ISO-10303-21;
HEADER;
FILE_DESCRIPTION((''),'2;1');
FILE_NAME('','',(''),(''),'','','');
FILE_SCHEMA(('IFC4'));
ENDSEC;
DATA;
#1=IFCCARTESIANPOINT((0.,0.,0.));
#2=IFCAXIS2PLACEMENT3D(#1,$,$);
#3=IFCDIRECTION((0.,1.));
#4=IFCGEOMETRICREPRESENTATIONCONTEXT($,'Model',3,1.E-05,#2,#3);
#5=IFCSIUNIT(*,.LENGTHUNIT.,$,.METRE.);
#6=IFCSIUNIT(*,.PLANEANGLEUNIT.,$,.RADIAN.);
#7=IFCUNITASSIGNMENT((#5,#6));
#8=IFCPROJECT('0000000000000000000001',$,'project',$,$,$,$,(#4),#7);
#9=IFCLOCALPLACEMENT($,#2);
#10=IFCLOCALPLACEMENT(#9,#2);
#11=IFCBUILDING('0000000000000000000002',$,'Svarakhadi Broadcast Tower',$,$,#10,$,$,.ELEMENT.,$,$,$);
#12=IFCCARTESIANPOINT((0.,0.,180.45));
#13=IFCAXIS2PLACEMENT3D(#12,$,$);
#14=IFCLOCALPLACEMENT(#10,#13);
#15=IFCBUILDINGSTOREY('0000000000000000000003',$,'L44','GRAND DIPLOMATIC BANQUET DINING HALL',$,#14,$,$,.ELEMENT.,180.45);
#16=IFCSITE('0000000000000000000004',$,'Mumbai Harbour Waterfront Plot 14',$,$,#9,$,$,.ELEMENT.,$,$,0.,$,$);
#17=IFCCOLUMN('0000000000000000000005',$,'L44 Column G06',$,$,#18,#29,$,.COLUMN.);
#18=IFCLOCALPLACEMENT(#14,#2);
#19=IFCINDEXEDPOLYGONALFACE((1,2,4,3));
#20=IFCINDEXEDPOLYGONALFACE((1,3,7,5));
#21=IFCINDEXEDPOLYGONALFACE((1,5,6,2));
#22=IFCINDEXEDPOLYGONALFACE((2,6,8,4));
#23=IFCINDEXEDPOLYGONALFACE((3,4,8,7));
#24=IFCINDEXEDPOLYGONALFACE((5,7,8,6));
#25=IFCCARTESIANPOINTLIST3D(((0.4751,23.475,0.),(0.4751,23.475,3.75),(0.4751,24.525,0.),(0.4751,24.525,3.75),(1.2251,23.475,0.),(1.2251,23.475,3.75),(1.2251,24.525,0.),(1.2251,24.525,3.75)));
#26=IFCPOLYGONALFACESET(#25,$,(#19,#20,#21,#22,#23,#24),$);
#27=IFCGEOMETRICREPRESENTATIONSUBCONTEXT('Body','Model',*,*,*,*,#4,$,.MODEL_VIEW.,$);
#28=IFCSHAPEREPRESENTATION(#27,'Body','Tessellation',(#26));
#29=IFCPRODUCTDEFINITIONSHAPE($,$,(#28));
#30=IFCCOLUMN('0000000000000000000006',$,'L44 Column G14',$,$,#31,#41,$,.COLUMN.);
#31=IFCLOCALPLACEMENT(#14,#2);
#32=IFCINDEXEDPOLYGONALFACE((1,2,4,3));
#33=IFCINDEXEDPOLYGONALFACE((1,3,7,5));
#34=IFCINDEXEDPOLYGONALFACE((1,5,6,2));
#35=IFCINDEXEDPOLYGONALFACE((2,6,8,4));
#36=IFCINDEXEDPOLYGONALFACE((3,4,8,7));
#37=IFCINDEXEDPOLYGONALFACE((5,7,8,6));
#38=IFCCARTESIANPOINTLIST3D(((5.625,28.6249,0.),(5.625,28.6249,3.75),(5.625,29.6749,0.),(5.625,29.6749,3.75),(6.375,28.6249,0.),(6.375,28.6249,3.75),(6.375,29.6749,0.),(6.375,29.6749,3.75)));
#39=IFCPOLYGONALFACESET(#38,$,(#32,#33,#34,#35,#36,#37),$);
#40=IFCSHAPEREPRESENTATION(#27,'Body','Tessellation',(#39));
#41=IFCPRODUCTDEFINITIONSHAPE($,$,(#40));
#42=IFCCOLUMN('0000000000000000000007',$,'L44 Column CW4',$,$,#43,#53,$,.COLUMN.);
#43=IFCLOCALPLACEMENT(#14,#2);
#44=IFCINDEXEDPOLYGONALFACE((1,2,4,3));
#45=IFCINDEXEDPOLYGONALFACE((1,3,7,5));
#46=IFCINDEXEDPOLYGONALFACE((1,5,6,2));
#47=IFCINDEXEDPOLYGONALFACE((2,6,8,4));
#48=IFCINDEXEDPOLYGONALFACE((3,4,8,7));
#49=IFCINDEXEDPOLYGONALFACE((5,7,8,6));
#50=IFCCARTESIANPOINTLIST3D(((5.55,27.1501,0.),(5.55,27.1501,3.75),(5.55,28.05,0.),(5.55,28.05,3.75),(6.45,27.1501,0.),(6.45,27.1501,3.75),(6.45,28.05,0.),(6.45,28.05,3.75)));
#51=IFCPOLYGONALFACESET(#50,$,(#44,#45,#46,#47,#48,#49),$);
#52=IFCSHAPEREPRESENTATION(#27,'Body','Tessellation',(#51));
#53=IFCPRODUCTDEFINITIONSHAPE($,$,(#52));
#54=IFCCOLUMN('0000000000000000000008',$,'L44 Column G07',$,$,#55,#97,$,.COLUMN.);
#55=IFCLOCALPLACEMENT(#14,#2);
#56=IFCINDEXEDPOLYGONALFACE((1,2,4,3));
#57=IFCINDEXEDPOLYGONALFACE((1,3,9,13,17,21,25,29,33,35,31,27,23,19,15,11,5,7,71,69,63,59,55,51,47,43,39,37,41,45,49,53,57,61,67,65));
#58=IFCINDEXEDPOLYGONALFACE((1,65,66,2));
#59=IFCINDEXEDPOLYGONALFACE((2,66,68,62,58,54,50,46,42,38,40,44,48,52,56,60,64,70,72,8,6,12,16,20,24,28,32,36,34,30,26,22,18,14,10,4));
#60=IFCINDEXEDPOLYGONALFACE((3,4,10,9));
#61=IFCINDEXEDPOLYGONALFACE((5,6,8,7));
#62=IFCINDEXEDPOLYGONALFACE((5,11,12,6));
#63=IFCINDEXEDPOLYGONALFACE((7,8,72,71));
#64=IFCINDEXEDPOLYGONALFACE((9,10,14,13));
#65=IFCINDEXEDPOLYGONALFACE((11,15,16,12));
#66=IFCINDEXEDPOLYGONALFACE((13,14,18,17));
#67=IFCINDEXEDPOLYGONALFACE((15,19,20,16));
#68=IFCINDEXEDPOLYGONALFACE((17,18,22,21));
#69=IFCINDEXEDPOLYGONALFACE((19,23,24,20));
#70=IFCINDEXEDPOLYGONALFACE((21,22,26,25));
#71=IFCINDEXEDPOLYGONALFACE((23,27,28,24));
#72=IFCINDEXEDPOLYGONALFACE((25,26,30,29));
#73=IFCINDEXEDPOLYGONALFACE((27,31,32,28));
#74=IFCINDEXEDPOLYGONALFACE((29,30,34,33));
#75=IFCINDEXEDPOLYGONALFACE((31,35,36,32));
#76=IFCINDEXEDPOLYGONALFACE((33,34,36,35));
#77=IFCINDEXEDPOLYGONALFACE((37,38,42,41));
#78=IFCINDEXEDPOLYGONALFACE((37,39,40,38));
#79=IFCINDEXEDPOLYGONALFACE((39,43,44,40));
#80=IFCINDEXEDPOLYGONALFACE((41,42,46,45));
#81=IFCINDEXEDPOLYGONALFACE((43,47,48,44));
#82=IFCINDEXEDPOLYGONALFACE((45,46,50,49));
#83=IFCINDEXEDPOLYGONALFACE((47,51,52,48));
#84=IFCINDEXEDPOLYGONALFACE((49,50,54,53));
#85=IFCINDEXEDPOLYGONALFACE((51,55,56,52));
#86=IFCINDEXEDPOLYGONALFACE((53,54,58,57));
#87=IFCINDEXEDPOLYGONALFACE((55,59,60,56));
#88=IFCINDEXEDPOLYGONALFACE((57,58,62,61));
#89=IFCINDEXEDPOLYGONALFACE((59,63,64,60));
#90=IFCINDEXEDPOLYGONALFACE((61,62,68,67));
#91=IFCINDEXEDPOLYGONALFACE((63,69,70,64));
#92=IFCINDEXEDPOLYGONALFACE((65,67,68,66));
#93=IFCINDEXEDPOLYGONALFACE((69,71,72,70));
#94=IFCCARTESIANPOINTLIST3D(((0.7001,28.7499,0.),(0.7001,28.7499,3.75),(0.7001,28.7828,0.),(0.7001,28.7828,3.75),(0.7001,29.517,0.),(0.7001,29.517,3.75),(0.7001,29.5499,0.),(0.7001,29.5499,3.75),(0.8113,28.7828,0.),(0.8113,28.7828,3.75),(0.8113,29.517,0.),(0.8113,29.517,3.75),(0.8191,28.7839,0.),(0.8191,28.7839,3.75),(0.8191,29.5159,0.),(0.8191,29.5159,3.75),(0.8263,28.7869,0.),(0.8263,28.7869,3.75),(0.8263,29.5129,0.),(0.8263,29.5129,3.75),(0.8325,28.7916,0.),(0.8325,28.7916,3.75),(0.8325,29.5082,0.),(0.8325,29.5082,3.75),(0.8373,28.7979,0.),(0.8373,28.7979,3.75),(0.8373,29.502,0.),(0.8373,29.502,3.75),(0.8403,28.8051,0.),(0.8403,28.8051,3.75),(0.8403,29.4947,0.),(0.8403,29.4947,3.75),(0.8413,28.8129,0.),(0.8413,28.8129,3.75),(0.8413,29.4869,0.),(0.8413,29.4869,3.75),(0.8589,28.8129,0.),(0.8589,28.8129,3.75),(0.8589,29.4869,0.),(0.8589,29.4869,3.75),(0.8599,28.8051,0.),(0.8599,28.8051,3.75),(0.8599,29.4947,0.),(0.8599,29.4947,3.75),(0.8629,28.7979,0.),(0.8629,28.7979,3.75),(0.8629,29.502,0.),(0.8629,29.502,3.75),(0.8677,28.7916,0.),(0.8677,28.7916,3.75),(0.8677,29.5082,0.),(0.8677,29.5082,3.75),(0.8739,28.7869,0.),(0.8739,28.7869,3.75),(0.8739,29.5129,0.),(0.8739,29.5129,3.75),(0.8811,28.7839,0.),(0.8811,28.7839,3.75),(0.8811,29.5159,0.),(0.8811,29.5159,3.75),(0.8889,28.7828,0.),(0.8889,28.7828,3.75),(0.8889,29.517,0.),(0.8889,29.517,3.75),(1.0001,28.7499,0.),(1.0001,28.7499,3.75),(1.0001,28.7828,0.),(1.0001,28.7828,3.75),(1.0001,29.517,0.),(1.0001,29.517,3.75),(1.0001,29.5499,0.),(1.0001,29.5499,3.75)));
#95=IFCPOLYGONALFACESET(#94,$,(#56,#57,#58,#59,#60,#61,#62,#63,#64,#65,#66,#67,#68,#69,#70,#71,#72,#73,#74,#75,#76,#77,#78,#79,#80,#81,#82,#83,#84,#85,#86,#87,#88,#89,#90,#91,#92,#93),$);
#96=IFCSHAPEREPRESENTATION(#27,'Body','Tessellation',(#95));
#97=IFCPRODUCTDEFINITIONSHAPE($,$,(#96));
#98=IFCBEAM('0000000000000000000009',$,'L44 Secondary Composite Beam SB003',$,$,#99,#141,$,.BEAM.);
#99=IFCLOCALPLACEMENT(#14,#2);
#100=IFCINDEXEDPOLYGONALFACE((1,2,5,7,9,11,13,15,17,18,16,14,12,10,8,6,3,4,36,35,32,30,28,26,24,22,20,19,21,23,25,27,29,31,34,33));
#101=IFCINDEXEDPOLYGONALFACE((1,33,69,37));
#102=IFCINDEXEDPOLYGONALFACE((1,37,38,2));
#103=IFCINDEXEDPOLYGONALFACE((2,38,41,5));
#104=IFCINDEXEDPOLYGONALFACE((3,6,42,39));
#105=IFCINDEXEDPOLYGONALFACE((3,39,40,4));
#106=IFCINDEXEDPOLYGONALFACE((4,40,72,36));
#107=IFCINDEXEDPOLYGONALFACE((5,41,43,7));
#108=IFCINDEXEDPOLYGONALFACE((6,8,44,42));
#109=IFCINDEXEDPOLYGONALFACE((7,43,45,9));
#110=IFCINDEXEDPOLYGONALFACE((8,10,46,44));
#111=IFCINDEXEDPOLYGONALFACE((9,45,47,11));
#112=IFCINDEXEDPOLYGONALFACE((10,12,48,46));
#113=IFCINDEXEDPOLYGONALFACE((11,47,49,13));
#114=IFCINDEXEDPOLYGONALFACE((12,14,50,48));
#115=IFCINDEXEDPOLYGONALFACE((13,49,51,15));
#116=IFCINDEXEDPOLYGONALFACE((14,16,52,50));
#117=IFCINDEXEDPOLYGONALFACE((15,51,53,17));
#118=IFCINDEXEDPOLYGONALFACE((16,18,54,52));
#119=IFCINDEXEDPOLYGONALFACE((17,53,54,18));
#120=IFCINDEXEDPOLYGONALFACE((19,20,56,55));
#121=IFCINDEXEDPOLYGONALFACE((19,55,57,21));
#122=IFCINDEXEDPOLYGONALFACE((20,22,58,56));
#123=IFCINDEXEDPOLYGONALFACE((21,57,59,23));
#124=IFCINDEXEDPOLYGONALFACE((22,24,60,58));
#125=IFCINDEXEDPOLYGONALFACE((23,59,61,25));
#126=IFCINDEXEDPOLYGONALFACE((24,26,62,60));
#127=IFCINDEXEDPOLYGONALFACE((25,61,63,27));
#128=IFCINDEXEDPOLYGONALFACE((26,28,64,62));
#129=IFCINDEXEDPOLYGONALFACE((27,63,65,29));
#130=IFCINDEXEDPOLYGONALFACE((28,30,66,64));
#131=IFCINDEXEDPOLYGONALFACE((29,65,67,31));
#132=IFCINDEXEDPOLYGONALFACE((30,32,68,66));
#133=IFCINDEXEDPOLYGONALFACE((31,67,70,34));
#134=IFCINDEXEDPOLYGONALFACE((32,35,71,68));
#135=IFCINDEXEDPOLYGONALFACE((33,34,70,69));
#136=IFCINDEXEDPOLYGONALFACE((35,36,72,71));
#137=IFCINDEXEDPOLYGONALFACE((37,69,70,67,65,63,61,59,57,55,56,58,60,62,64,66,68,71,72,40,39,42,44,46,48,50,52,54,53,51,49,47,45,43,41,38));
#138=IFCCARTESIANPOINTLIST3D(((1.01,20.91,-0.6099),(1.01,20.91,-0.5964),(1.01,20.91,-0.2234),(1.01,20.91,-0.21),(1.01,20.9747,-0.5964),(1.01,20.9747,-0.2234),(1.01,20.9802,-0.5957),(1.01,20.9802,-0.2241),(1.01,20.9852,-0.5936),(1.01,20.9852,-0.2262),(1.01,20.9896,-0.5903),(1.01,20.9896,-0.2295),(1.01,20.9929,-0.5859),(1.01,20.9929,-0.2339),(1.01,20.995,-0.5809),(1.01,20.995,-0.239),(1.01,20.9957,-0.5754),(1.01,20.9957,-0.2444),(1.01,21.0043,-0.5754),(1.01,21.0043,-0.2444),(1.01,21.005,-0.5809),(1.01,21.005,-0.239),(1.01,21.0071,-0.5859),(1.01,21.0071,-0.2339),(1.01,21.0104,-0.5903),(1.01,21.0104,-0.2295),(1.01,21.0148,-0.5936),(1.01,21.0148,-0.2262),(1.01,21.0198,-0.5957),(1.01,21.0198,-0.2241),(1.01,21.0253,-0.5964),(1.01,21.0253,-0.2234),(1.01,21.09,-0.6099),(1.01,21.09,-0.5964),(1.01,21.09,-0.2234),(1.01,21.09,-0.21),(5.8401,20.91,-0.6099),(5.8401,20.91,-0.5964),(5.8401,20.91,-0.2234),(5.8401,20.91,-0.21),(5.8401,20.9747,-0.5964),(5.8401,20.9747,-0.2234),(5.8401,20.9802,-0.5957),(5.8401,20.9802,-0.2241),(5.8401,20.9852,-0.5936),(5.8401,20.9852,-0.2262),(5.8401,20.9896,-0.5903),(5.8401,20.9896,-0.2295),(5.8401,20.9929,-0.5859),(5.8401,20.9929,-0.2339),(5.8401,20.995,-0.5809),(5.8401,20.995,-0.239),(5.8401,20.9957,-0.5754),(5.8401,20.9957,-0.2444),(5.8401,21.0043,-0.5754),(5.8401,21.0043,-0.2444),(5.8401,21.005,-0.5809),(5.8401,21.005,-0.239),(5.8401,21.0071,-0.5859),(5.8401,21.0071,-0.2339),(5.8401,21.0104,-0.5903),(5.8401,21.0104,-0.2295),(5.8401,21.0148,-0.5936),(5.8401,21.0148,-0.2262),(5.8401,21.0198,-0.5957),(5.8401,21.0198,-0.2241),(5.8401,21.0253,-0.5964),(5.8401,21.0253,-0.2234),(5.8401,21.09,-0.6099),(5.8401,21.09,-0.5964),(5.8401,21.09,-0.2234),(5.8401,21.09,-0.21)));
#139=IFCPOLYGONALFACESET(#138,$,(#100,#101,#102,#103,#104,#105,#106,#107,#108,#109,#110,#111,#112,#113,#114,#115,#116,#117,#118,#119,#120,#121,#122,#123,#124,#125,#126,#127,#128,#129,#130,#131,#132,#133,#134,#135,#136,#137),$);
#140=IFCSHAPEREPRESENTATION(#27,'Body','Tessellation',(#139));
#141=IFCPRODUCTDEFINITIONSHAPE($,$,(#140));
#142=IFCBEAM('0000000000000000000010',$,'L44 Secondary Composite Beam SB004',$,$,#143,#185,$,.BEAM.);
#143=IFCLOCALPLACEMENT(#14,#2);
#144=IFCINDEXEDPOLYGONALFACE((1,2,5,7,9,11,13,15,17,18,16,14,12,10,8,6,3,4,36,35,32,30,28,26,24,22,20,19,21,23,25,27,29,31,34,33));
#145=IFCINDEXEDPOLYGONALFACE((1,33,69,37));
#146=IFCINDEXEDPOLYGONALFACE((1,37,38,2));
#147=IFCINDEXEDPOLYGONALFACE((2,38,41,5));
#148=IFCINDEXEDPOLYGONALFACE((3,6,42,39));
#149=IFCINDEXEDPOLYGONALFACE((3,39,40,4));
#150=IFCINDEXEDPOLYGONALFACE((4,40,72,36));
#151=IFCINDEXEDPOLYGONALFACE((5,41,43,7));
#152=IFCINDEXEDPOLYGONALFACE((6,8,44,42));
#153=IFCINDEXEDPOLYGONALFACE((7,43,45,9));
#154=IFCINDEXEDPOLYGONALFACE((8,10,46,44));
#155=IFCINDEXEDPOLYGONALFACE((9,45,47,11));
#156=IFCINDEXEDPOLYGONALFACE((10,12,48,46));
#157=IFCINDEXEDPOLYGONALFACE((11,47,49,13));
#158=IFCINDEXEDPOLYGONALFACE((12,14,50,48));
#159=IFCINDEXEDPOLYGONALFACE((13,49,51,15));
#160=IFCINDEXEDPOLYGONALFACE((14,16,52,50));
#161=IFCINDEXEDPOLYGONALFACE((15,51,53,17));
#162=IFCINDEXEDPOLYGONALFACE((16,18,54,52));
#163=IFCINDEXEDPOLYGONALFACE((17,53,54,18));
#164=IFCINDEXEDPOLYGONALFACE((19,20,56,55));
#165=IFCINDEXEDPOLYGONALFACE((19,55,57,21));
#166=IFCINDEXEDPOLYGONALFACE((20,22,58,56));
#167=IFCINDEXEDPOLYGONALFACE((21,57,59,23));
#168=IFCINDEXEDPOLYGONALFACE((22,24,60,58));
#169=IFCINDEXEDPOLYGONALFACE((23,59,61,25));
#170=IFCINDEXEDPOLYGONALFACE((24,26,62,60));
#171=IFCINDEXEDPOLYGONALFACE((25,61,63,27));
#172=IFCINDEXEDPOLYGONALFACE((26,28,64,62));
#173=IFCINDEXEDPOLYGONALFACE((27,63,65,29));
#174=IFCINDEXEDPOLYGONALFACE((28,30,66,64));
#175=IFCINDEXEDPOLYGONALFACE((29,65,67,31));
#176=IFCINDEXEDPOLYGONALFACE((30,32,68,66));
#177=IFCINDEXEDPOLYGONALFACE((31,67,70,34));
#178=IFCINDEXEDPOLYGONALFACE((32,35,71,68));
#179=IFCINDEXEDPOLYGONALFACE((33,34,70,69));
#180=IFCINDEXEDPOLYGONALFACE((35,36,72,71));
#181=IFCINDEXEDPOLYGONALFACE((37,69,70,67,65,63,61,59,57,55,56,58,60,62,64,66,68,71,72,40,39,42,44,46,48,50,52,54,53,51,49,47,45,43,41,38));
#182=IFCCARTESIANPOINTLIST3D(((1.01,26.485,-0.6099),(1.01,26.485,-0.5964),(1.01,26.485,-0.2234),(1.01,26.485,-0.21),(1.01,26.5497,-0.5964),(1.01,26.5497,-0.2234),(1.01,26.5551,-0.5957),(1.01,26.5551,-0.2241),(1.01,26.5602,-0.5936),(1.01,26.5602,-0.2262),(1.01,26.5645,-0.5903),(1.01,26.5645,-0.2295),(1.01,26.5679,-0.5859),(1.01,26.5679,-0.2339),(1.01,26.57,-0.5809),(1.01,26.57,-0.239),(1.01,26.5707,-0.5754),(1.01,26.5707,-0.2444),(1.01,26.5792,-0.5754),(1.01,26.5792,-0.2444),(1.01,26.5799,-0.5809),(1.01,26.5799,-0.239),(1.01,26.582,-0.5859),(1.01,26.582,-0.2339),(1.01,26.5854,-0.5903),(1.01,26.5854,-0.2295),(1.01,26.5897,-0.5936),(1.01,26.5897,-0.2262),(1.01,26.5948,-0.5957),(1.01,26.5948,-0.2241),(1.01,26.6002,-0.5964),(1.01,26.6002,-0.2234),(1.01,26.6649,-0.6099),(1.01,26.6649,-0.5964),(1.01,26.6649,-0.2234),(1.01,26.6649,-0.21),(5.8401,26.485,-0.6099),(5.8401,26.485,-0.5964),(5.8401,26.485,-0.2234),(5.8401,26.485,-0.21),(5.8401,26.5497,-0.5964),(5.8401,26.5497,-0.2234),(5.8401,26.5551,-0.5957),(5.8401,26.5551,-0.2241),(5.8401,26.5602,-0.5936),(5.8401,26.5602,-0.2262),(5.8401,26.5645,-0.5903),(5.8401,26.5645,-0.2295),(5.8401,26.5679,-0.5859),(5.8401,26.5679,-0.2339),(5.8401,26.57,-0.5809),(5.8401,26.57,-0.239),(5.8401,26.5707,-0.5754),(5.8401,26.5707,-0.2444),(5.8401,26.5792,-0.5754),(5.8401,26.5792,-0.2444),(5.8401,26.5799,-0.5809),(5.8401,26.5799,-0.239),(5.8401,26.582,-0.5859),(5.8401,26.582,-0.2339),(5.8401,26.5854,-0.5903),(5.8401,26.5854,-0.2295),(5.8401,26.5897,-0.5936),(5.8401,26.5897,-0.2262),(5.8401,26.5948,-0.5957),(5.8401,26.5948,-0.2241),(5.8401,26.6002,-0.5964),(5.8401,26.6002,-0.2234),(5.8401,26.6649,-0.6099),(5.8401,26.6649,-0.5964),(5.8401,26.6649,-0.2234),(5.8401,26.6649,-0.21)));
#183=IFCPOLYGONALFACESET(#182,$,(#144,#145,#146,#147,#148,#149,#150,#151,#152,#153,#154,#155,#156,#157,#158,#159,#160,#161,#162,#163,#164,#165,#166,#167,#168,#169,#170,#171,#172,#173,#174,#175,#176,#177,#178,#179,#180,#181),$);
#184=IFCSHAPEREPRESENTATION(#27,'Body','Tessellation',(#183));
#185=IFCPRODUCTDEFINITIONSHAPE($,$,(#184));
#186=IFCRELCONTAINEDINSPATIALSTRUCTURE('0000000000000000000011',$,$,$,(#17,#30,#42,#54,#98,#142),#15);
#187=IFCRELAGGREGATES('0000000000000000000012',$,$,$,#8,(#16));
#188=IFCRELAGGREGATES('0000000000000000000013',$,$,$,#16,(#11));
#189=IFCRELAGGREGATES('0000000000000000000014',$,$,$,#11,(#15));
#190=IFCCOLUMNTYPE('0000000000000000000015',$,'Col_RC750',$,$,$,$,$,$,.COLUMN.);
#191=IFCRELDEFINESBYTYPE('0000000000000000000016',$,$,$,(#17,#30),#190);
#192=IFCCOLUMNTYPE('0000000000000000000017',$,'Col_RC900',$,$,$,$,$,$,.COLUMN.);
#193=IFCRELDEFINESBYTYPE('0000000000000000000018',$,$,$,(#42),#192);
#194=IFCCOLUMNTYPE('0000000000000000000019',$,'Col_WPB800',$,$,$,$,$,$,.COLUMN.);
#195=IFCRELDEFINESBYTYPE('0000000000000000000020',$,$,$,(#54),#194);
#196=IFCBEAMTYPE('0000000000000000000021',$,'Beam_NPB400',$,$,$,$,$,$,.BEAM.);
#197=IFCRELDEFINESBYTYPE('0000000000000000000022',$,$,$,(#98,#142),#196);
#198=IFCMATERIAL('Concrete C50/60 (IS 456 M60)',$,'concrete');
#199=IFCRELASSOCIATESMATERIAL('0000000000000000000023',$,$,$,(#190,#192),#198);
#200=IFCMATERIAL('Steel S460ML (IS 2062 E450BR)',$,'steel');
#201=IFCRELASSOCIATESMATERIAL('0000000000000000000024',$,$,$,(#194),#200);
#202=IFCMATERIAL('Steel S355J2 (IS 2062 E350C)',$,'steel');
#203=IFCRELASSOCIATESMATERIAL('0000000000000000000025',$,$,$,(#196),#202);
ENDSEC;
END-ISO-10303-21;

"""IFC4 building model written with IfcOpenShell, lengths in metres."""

from ifc_helpers import new_model, si_unit, direction, frame, origin, origin_2d, place, context, subcontext, project, spatial, rectangle, i_section, extrude, material, material_profile, profile_set, type_object, element, save


model = new_model("IFC4")

# Units and contexts
model_context = context("Model", 3, precision=1e-05, world=origin(), true_north=direction((0.0, 1.0)))
body_context = subcontext(model_context, "Body", "Model", "MODEL_VIEW")
ifc_project = project(units=[si_unit("LENGTHUNIT", "METRE"), si_unit("PLANEANGLEUNIT", "RADIAN")], contexts=[model_context])

# Site, building, storey
site_placement = place(None, origin())
site = spatial("IfcSite", under=ifc_project, at=site_placement, Name="Mumbai Harbour Waterfront Plot 14", CompositionType="ELEMENT", RefElevation=0.0)
building_placement = place(site_placement, origin())
building = spatial("IfcBuilding", under=site, at=building_placement, Name="Svarakhadi Broadcast Tower", CompositionType="ELEMENT")
storey_placement = place(building_placement, frame((0.0, 0.0, 180.45)))
storey = spatial("IfcBuildingStorey", under=building, at=storey_placement, Name="L44", Description="GRAND DIPLOMATIC BANQUET DINING HALL", CompositionType="ELEMENT", Elevation=180.45)

# Columns
ifc_material_1 = material(Name="Concrete C50/60 (IS 456 M60)", Category="concrete")
ifc_material_profile_1 = material_profile(ifc_material_1, rectangle(XDim=0.75, YDim=1.05, at=origin_2d()), Name="RC 750x1050")
ifc_profile_set_1 = profile_set([ifc_material_profile_1], Name="Concrete C50/60 (IS 456 M60)")
column_type_1 = type_object("IfcColumnType", Name="Col_RC750", PredefinedType="COLUMN", material=ifc_profile_set_1)
for number, where, z_axis, x_axis, name in (
    (1, (0.8501, 24.0, 0.0), (0.0, 0.0, 1.0), (1.0, 0.0, 0.0), "L44 Column G06"),
    (2, (6.0, 29.1499, 0.0), (0.0, 0.0, 1.0), (1.0, 0.0, 0.0), "L44 Column G14"),
):
    element("IfcColumn", number, at=place(storey_placement, frame(where, z_axis=z_axis, x_axis=x_axis)), inside=storey, type_object=column_type_1, Name=name, PredefinedType="COLUMN", context=body_context, shape_type="SweptSolid", body=[
        extrude(rectangle(XDim=0.75, YDim=1.05, at=origin_2d()), origin(), (0.0, 0.0, 1.0), 3.75),
    ])
ifc_material_profile_2 = material_profile(ifc_material_1, rectangle(XDim=0.8999, YDim=0.8999, at=origin_2d()), Name="RC 900x900")
ifc_profile_set_2 = profile_set([ifc_material_profile_2], Name="Concrete C50/60 (IS 456 M60)")
column_type_2 = type_object("IfcColumnType", Name="Col_RC900", PredefinedType="COLUMN", material=ifc_profile_set_2)
column_1_placement = place(storey_placement, frame((6.0, 27.6001, 0.0), z_axis=(0.0, 0.0, 1.0), x_axis=(1.0, 0.0, 0.0)))
element("IfcColumn", 3, at=column_1_placement, inside=storey, type_object=column_type_2, Name="L44 Column CW4", PredefinedType="COLUMN", context=body_context, shape_type="SweptSolid", body=[
    extrude(rectangle(XDim=0.8999, YDim=0.8999, at=origin_2d()), origin(), (0.0, 0.0, 1.0), 3.75),
])
ifc_material_2 = material(Name="Steel S460ML (IS 2062 E450BR)", Category="steel")
ifc_material_profile_3 = material_profile(ifc_material_2, i_section(OverallWidth=0.3, OverallDepth=0.8, WebThickness=0.0176, FlangeThickness=0.033, FilletRadius=0.03, at=origin_2d()), Name="WPB 800x300x262")
ifc_profile_set_3 = profile_set([ifc_material_profile_3], Name="Steel S460ML (IS 2062 E450BR)")
column_type_3 = type_object("IfcColumnType", Name="Col_WPB800", PredefinedType="COLUMN", material=ifc_profile_set_3)
column_2_placement = place(storey_placement, frame((0.8501, 29.1499, 0.0), z_axis=(0.0, 0.0, 1.0), x_axis=(1.0, 0.0, 0.0)))
element("IfcColumn", 4, at=column_2_placement, inside=storey, type_object=column_type_3, Name="L44 Column G07", PredefinedType="COLUMN", context=body_context, shape_type="SweptSolid", body=[
    extrude(i_section(OverallWidth=0.3, OverallDepth=0.8, WebThickness=0.0176, FlangeThickness=0.033, FilletRadius=0.03, at=origin_2d()), origin(), (0.0, 0.0, 1.0), 3.75),
])

# Beams
ifc_material_3 = material(Name="Steel S355J2 (IS 2062 E350C)", Category="steel")
ifc_material_profile_4 = material_profile(ifc_material_3, i_section(OverallWidth=0.1799, OverallDepth=0.3999, WebThickness=0.0085, FlangeThickness=0.0134, FilletRadius=0.021, at=origin_2d()), Name="NPB 400x180x66")
ifc_profile_set_4 = profile_set([ifc_material_profile_4], Name="Steel S355J2 (IS 2062 E350C)")
beam_type_1 = type_object("IfcBeamType", Name="Beam_NPB400", PredefinedType="BEAM", material=ifc_profile_set_4)
for number, where, z_axis, x_axis, name in (
    (5, (1.01, 21.0, -0.4099), (1.0, 0.0, 0.0), (0.0, 1.0, 0.0), "L44 Secondary Composite Beam SB003"),
    (6, (1.01, 26.575, -0.4099), (1.0, 0.0, 0.0), (0.0, 1.0, 0.0), "L44 Secondary Composite Beam SB004"),
):
    element("IfcBeam", number, at=place(storey_placement, frame(where, z_axis=z_axis, x_axis=x_axis)), inside=storey, type_object=beam_type_1, Name=name, PredefinedType="BEAM", context=body_context, shape_type="SweptSolid", body=[
        extrude(i_section(OverallWidth=0.1799, OverallDepth=0.3999, WebThickness=0.0085, FlangeThickness=0.0134, FilletRadius=0.021, at=origin_2d()), origin(), (0.0, 0.0, 1.0), 4.8301),
    ])

save(model, "model.ifc")
